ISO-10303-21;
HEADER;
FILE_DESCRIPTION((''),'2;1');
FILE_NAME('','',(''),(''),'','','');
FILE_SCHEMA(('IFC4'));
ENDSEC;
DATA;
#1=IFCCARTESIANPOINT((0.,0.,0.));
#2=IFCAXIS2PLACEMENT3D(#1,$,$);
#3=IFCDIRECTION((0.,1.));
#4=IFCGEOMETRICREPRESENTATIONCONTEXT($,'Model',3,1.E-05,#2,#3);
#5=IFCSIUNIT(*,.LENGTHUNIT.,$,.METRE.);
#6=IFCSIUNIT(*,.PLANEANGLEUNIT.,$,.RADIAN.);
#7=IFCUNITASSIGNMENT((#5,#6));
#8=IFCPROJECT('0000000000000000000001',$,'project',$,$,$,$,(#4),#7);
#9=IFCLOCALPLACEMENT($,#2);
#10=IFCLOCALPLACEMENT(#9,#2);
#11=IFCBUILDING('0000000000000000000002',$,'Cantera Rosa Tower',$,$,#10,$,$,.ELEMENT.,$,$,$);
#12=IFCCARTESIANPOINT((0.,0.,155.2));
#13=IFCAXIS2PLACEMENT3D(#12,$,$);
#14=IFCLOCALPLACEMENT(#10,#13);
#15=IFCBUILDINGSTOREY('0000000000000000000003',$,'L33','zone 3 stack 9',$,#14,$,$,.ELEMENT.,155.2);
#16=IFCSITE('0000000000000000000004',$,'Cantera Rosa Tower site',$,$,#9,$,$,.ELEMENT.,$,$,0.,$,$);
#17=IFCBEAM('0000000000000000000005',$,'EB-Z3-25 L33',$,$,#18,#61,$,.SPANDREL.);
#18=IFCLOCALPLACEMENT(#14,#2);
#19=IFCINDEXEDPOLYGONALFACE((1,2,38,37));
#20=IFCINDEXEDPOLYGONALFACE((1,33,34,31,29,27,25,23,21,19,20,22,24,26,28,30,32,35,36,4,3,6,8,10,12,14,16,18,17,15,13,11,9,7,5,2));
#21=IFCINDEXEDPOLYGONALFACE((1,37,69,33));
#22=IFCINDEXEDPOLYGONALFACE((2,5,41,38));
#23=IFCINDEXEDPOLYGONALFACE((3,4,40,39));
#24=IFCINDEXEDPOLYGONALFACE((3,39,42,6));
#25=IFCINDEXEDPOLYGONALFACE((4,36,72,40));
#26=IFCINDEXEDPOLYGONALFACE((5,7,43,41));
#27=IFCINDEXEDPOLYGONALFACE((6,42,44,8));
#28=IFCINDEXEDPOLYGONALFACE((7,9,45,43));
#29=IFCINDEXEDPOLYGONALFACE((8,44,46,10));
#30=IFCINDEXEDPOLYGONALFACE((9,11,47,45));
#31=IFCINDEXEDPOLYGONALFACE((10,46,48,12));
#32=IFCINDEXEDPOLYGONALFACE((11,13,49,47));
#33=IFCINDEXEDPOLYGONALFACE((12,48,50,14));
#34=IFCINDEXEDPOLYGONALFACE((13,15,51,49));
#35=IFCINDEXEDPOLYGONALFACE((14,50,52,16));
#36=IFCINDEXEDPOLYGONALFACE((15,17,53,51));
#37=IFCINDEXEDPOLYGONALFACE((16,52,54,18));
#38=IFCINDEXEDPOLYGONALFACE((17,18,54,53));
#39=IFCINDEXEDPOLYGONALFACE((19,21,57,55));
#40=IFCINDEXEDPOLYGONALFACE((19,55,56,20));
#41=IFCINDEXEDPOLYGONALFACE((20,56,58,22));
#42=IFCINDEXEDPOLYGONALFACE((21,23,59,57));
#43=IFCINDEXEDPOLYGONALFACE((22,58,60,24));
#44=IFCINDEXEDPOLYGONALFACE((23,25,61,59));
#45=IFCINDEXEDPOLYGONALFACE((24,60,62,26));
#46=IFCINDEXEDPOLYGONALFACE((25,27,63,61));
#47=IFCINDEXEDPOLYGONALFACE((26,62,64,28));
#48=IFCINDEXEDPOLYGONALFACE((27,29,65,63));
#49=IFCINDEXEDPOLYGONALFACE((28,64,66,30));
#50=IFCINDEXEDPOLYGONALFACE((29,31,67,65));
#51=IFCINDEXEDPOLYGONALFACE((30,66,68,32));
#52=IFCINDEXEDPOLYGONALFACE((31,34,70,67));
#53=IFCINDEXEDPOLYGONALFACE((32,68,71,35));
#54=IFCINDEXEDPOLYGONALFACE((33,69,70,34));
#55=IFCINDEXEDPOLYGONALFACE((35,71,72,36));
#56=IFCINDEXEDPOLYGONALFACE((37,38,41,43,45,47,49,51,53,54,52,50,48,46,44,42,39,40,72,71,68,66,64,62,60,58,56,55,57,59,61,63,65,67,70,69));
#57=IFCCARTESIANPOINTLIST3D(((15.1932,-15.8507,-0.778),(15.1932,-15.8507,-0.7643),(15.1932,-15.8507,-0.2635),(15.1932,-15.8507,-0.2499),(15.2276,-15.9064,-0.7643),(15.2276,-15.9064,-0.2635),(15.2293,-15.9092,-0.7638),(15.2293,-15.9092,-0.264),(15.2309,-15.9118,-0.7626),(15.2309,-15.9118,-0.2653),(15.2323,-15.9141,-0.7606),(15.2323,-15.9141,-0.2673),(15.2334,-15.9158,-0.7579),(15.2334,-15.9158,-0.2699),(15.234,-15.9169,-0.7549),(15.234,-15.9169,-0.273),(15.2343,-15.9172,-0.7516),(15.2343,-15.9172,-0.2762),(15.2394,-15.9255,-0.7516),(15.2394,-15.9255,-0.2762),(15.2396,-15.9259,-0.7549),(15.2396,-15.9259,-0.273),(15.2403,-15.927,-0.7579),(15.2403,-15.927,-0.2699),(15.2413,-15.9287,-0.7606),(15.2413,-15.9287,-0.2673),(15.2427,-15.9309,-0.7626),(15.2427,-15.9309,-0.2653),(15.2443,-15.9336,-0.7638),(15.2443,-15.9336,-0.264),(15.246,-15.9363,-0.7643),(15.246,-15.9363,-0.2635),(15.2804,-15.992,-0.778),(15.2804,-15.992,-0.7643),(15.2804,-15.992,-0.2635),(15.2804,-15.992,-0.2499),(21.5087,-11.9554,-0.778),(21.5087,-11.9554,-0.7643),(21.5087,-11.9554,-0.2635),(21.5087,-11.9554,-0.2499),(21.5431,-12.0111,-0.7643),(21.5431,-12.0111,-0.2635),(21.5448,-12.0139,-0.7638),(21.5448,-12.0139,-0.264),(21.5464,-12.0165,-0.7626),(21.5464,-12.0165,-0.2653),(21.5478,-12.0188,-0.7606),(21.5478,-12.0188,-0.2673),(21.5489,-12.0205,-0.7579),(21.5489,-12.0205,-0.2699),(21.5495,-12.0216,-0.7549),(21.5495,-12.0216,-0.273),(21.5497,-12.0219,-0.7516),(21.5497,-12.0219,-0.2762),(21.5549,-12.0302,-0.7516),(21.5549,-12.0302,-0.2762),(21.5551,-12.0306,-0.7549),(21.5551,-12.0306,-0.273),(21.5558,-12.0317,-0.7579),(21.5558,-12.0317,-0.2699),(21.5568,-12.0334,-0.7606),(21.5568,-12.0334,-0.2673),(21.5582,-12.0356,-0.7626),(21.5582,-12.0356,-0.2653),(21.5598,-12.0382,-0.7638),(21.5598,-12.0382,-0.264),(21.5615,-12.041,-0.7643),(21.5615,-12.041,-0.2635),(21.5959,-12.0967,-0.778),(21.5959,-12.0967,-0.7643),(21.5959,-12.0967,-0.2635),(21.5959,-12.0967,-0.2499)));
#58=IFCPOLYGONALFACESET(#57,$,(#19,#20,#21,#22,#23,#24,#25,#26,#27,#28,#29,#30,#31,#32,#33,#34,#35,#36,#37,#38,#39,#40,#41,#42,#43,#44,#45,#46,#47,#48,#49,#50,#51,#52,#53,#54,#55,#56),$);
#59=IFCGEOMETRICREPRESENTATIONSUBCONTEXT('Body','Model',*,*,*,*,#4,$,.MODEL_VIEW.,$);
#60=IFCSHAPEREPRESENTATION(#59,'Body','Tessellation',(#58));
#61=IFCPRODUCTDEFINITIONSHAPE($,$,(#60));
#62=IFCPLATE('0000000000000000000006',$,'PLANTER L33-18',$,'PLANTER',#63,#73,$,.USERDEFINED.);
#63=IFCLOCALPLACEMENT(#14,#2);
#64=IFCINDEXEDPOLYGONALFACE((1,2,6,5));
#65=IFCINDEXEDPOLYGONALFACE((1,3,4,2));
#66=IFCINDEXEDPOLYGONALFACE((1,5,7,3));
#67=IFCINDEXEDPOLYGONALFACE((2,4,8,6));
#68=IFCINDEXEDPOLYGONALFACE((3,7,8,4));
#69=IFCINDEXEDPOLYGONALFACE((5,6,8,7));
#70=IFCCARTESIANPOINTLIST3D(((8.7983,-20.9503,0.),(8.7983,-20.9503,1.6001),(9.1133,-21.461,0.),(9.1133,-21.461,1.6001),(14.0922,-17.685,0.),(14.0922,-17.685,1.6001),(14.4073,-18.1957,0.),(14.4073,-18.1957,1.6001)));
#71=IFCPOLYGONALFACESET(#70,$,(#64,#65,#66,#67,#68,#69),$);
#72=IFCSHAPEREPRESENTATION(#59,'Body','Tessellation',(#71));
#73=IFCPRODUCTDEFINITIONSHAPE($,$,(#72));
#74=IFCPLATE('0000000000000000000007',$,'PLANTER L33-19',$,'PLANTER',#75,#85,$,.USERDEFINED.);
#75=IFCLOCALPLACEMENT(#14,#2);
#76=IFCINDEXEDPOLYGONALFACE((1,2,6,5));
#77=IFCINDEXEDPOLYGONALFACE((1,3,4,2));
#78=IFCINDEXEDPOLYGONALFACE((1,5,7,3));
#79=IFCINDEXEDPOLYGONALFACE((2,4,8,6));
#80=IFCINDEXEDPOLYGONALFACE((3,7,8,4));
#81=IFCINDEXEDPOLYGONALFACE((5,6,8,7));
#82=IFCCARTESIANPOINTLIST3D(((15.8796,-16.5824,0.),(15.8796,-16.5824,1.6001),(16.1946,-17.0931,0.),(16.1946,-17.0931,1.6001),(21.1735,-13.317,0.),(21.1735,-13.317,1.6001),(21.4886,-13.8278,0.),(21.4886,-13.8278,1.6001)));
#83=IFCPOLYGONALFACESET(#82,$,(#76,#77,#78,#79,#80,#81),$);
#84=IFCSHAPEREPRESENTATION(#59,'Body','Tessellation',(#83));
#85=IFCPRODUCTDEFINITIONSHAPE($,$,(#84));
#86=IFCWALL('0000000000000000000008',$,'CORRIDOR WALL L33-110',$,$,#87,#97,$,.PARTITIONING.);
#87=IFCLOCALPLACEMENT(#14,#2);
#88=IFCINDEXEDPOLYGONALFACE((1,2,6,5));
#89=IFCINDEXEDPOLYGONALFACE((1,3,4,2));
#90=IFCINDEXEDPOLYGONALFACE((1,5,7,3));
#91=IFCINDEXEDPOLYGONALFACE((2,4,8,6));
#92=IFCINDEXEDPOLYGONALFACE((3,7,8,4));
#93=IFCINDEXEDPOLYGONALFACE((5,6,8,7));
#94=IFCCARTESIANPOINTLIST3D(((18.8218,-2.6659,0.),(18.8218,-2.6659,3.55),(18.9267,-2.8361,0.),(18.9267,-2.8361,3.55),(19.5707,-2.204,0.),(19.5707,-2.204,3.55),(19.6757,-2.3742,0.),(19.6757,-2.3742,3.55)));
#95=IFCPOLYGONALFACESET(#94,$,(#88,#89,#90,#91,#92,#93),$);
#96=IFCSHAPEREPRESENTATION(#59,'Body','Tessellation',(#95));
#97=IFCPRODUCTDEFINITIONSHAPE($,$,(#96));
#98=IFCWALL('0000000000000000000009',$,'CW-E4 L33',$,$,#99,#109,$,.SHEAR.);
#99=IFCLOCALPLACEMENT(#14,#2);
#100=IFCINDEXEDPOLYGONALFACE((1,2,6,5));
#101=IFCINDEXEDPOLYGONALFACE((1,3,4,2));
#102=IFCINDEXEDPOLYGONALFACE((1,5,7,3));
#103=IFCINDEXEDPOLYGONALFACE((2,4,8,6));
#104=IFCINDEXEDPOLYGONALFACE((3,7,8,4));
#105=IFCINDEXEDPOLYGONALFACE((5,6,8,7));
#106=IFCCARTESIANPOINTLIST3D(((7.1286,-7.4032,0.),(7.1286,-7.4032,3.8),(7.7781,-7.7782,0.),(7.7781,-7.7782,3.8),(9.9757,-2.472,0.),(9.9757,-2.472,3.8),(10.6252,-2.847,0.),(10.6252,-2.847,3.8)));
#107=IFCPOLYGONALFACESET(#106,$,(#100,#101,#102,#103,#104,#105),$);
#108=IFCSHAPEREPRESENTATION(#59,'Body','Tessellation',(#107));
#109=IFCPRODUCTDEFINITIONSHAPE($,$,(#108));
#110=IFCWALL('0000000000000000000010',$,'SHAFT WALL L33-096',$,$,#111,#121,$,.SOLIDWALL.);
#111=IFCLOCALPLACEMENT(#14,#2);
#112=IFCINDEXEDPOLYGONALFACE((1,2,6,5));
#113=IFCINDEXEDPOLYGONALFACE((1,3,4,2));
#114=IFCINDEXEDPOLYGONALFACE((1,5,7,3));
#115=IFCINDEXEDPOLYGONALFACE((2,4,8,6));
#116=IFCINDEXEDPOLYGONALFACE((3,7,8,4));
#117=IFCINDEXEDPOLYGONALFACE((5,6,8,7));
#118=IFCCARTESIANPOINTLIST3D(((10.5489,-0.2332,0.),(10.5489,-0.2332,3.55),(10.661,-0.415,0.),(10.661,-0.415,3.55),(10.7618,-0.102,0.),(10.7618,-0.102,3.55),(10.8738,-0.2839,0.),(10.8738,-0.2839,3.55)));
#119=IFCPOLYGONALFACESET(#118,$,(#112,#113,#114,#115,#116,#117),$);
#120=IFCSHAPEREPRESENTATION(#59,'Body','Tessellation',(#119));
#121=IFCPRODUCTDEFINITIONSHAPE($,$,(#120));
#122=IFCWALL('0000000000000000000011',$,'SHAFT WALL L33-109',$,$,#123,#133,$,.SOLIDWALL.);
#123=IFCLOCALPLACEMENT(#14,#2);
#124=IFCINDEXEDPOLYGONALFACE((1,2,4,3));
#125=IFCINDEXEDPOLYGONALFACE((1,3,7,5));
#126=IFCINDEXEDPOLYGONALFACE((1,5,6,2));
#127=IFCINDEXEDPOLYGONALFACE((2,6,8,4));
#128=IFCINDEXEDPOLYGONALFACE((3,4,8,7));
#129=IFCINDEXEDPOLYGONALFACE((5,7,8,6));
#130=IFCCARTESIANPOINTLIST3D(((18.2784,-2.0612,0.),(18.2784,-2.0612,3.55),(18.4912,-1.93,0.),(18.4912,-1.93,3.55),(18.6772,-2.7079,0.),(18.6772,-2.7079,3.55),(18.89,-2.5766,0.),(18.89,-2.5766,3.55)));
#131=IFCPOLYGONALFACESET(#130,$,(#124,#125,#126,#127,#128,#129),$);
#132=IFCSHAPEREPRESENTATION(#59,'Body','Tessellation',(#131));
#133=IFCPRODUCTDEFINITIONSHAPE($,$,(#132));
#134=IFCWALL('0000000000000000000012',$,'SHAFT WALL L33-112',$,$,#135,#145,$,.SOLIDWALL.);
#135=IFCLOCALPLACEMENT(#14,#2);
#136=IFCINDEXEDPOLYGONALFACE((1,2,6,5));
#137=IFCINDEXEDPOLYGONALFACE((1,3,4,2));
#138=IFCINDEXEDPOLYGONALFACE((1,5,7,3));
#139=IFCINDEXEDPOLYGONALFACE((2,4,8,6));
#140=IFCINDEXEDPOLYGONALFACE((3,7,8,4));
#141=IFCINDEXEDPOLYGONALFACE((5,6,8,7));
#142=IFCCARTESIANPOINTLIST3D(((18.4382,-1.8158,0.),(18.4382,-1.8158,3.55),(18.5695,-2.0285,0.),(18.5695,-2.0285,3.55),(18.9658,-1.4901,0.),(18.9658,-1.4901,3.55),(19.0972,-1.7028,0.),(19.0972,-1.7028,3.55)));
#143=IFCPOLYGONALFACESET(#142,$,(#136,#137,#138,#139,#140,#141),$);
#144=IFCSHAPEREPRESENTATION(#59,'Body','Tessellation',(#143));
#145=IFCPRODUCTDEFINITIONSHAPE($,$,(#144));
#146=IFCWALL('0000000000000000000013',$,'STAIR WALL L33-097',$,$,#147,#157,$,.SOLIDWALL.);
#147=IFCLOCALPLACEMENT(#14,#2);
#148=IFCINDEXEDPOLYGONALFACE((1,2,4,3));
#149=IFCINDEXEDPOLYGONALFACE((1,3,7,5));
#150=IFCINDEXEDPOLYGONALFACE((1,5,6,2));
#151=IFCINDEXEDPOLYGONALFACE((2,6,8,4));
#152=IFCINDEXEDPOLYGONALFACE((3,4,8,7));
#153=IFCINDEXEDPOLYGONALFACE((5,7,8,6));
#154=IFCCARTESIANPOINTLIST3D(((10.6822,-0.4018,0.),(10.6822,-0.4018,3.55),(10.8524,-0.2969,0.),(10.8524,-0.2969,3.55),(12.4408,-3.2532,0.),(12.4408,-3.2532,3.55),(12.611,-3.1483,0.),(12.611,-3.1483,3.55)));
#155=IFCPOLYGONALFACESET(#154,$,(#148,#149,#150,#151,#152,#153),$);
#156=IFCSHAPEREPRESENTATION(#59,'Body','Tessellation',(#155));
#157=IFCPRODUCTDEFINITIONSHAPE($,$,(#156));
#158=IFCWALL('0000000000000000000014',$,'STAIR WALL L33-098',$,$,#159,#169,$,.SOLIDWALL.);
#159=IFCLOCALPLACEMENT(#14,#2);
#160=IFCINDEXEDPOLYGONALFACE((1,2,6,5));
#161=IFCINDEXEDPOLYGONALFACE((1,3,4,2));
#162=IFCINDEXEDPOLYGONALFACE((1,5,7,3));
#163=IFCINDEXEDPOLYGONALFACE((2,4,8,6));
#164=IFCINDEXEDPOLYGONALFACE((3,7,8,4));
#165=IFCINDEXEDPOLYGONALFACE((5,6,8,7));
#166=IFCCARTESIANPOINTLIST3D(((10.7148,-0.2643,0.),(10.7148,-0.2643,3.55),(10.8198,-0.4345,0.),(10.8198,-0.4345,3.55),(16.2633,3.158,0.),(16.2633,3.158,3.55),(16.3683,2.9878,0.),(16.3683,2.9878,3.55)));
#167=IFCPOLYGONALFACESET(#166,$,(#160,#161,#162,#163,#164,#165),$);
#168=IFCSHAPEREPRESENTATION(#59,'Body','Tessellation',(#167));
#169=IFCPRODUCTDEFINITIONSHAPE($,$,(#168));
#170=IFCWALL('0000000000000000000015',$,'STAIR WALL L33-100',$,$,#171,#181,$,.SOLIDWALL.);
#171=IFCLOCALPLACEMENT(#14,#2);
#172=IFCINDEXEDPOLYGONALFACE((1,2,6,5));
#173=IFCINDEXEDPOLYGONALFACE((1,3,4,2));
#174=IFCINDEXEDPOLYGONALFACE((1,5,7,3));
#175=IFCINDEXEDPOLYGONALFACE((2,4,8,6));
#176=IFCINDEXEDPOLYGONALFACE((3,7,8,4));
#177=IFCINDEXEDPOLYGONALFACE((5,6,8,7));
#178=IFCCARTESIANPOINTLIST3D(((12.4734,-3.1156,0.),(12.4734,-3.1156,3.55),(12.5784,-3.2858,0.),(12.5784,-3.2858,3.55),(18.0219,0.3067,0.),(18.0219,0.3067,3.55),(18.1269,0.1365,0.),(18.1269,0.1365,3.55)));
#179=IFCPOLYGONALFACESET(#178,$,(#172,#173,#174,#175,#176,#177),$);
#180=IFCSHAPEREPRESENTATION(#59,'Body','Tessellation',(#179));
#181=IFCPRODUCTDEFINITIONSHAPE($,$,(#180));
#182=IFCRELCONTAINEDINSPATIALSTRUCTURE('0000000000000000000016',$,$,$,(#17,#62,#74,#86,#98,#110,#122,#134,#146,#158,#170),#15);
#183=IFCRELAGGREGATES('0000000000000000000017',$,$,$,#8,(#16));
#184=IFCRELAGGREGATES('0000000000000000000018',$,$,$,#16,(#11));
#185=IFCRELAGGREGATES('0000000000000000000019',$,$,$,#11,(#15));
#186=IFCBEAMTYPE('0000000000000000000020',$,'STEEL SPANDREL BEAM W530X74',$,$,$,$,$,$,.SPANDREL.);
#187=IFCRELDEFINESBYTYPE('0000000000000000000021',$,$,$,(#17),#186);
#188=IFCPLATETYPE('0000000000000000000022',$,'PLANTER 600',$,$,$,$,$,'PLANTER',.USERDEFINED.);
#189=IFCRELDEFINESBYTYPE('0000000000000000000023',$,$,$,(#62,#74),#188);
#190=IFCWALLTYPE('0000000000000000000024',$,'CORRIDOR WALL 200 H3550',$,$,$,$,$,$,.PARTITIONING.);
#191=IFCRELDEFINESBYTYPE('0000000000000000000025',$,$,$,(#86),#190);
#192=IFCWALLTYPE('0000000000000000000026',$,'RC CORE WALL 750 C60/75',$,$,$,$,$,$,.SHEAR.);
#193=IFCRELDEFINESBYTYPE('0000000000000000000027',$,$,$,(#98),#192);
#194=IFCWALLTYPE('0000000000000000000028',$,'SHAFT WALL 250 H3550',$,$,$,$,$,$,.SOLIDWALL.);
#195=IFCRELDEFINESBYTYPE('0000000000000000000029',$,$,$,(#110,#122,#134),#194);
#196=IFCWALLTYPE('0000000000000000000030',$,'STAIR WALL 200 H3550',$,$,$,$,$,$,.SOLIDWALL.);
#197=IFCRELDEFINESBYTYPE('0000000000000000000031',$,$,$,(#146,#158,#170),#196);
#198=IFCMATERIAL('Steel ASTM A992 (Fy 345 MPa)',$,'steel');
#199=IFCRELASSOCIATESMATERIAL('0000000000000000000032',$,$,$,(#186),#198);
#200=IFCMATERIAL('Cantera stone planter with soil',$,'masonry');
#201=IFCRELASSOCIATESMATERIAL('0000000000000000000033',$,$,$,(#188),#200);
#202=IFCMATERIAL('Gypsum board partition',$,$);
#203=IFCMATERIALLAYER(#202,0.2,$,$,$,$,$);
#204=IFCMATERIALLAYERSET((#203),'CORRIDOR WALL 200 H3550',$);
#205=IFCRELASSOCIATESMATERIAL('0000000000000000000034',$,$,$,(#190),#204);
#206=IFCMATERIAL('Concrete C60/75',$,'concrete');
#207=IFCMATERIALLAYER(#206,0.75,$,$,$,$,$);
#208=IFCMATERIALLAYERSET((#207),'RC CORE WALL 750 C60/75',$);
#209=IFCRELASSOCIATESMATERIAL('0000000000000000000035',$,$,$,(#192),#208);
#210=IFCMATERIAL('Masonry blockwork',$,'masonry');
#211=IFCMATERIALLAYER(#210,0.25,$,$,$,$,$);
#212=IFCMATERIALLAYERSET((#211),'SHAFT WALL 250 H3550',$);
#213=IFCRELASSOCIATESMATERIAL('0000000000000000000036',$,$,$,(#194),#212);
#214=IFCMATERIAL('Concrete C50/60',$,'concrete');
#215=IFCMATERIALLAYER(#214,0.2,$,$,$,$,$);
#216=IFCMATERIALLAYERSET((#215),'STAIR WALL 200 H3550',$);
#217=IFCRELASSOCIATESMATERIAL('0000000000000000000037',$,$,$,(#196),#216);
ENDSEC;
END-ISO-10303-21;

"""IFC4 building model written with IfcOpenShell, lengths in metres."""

from ifc_helpers import new_model, si_unit, direction, frame, frame_2d, origin, origin_2d, place, context, subcontext, project, spatial, rectangle, i_section, extrude, material, layer, layer_set, material_profile, profile_set, type_object, element, save


model = new_model("IFC4")

# Units and contexts
model_context = context("Model", 3, precision=1e-05, world=origin(), true_north=direction((0.0, 1.0)))
body_context = subcontext(model_context, "Body", "Model", "MODEL_VIEW")
ifc_project = project(units=[si_unit("LENGTHUNIT", "METRE"), si_unit("PLANEANGLEUNIT", "RADIAN")], contexts=[model_context])

# Site, building, storey
site_placement = place(None, origin())
site = spatial("IfcSite", under=ifc_project, at=site_placement, Name="Cantera Rosa Tower site", CompositionType="ELEMENT", RefElevation=0.0)
building_placement = place(site_placement, origin())
building = spatial("IfcBuilding", under=site, at=building_placement, Name="Cantera Rosa Tower", CompositionType="ELEMENT")
storey_placement = place(building_placement, frame((0.0, 0.0, 155.2)))
storey = spatial("IfcBuildingStorey", under=building, at=storey_placement, Name="L33", Description="zone 3 stack 9", CompositionType="ELEMENT", Elevation=155.2)

# Beam
ifc_material_1 = material(Name="Steel ASTM A992 (Fy 345 MPa)", Category="steel")
ifc_material_profile_1 = material_profile(ifc_material_1, i_section(OverallWidth=0.166, OverallDepth=0.5281, WebThickness=0.0098, FlangeThickness=0.0137, FilletRadius=0.0127, at=origin_2d()), Name="W530X74")
ifc_profile_set_1 = profile_set([ifc_material_profile_1], Name="Steel ASTM A992 (Fy 345 MPa)")
beam_type_1 = type_object("IfcBeamType", Name="STEEL SPANDREL BEAM W530X74", PredefinedType="SPANDREL", material=ifc_profile_set_1)
for number, where, z_axis, x_axis, name in (
    (1, (15.2368, -15.9214, -0.5139), (0.851126, 0.524962, 0.0), (-0.524962, 0.851126, 0.0), "EB-Z3-25 L33"),
):
    element("IfcBeam", number, at=place(storey_placement, frame(where, z_axis=z_axis, x_axis=x_axis)), inside=storey, type_object=beam_type_1, Name=name, PredefinedType="SPANDREL", context=body_context, shape_type="SweptSolid", body=[
        extrude(i_section(OverallWidth=0.166, OverallDepth=0.5281, WebThickness=0.0098, FlangeThickness=0.0137, FilletRadius=0.0127, at=origin_2d()), origin(), (0.0, 0.0, 1.0), 7.4202),
    ])

# Plates
ifc_material_2 = material(Name="Cantera stone planter with soil", Category="masonry")
plate_type = type_object("IfcPlateType", Name="PLANTER 600", ElementType="PLANTER", PredefinedType="USERDEFINED", material=ifc_material_2)
for number, where, z_axis, x_axis, name in (
    (2, (11.6028, -19.573, 0.0), (0.0, 0.0, 1.0), (0.851117, 0.524977, 0.0), "PLANTER L33-18"),
    (3, (18.6841, -15.2051, 0.0), (0.0, 0.0, 1.0), (0.851117, 0.524977, 0.0), "PLANTER L33-19"),
):
    element("IfcPlate", number, at=place(storey_placement, frame(where, z_axis=z_axis, x_axis=x_axis)), inside=storey, type_object=plate_type, Name=name, ObjectType="PLANTER", PredefinedType="USERDEFINED", context=body_context, shape_type="SweptSolid", body=[
        extrude(rectangle(XDim=6.22, YDim=0.6001, at=origin_2d()), origin(), (0.0, 0.0, 1.0), 1.6001),
    ])

# Wall
ifc_material_3 = material(Name="Gypsum board partition")
ifc_layer_1 = layer(ifc_material_3, 0.2)
ifc_layer_set_1 = layer_set([ifc_layer_1], Name="CORRIDOR WALL 200 H3550")
wall_type_1 = type_object("IfcWallType", Name="CORRIDOR WALL 200 H3550", PredefinedType="PARTITIONING", material=ifc_layer_set_1)
wall_1_placement = place(storey_placement, frame((18.8743, -2.751, 0.0), z_axis=(0.0, 0.0, 1.0), x_axis=(0.851163, 0.524902, 0.0)))
element("IfcWall", 4, at=wall_1_placement, inside=storey, type_object=wall_type_1, Name="CORRIDOR WALL L33-110", PredefinedType="PARTITIONING", context=body_context, shape_type="SweptSolid", body=[
    extrude(rectangle(XDim=0.8799, YDim=0.2, at=frame_2d((0.4399, 0.0))), origin(), (0.0, 0.0, 1.0), 3.55),
])

# Walls
ifc_material_4 = material(Name="Concrete C60/75", Category="concrete")
ifc_layer_2 = layer(ifc_material_4, 0.75)
ifc_layer_set_2 = layer_set([ifc_layer_2], Name="RC CORE WALL 750 C60/75")
wall_type_2 = type_object("IfcWallType", Name="RC CORE WALL 750 C60/75", PredefinedType="SHEAR", material=ifc_layer_set_2)
wall_2_placement = place(storey_placement, frame((10.3005, -2.6594, 0.0), z_axis=(0.0, 0.0, 1.0), x_axis=(-0.500022, -0.866013, 0.0)))
element("IfcWall", 5, at=wall_2_placement, inside=storey, type_object=wall_type_2, Name="CW-E4 L33", PredefinedType="SHEAR", context=body_context, shape_type="SweptSolid", body=[
    extrude(rectangle(XDim=5.6941, YDim=0.75, at=frame_2d((2.8472, 0.0))), origin(), (0.0, 0.0, 1.0), 3.8),
])
ifc_material_5 = material(Name="Masonry blockwork", Category="masonry")
ifc_layer_3 = layer(ifc_material_5, 0.25)
ifc_layer_set_3 = layer_set([ifc_layer_3], Name="SHAFT WALL 250 H3550")
wall_type_3 = type_object("IfcWallType", Name="SHAFT WALL 250 H3550", PredefinedType="SOLIDWALL", material=ifc_layer_set_3)
wall_3_placement = place(storey_placement, frame((10.6553, -0.1675, 0.0), z_axis=(0.0, 0.0, 1.0), x_axis=(0.524544, -0.851384, 0.0)))
element("IfcWall", 6, at=wall_3_placement, inside=storey, type_object=wall_type_3, Name="SHAFT WALL L33-096", PredefinedType="SOLIDWALL", context=body_context, shape_type="SweptSolid", body=[
    extrude(rectangle(XDim=0.2136, YDim=0.25, at=frame_2d((0.1069, 0.0))), origin(), (0.0, 0.0, 1.0), 3.55),
])
wall_4_placement = place(storey_placement, frame((18.3848, -1.9956, 0.0), z_axis=(0.0, 0.0, 1.0), x_axis=(0.524993, -0.851106, 0.0)))
element("IfcWall", 7, at=wall_4_placement, inside=storey, type_object=wall_type_3, Name="SHAFT WALL L33-109", PredefinedType="SOLIDWALL", context=body_context, shape_type="SweptSolid", body=[
    extrude(rectangle(XDim=0.7598, YDim=0.25, at=frame_2d((0.3799, 0.0))), origin(), (0.0, 0.0, 1.0), 3.55),
])
wall_5_placement = place(storey_placement, frame((19.0315, -1.5964, 0.0), z_axis=(0.0, 0.0, 1.0), x_axis=(-0.850927, -0.525283, 0.0)))
element("IfcWall", 8, at=wall_5_placement, inside=storey, type_object=wall_type_3, Name="SHAFT WALL L33-112", PredefinedType="SOLIDWALL", context=body_context, shape_type="SweptSolid", body=[
    extrude(rectangle(XDim=0.6201, YDim=0.25, at=frame_2d((0.3101, 0.0))), origin(), (0.0, 0.0, 1.0), 3.55),
])
ifc_material_6 = material(Name="Concrete C50/60", Category="concrete")
ifc_layer_4 = layer(ifc_material_6, 0.2)
ifc_layer_set_4 = layer_set([ifc_layer_4], Name="STAIR WALL 200 H3550")
wall_type_4 = type_object("IfcWallType", Name="STAIR WALL 200 H3550", PredefinedType="SOLIDWALL", material=ifc_layer_set_4)
wall_6_placement = place(storey_placement, frame((10.7673, -0.3494, 0.0), z_axis=(0.0, 0.0, 1.0), x_axis=(0.524939, -0.85114, 0.0)))
element("IfcWall", 9, at=wall_6_placement, inside=storey, type_object=wall_type_4, Name="STAIR WALL L33-097", PredefinedType="SOLIDWALL", context=body_context, shape_type="SweptSolid", body=[
    extrude(rectangle(XDim=3.3501, YDim=0.2, at=frame_2d((1.675, 0.0))), origin(), (0.0, 0.0, 1.0), 3.55),
])
for number, where, z_axis, x_axis, name in (
    (10, (10.7673, -0.3494, 0.0), (0.0, 0.0, 1.0), (0.85112, 0.524971, 0.0), "STAIR WALL L33-098"),
    (11, (12.5259, -3.2007, 0.0), (0.0, 0.0, 1.0), (0.85112, 0.524971, 0.0), "STAIR WALL L33-100"),
):
    element("IfcWall", number, at=place(storey_placement, frame(where, z_axis=z_axis, x_axis=x_axis)), inside=storey, type_object=wall_type_4, Name=name, PredefinedType="SOLIDWALL", context=body_context, shape_type="SweptSolid", body=[
        extrude(rectangle(XDim=6.519, YDim=0.2, at=frame_2d((3.2595, 0.0))), origin(), (0.0, 0.0, 1.0), 3.55),
    ])

save(model, "model.ifc")
